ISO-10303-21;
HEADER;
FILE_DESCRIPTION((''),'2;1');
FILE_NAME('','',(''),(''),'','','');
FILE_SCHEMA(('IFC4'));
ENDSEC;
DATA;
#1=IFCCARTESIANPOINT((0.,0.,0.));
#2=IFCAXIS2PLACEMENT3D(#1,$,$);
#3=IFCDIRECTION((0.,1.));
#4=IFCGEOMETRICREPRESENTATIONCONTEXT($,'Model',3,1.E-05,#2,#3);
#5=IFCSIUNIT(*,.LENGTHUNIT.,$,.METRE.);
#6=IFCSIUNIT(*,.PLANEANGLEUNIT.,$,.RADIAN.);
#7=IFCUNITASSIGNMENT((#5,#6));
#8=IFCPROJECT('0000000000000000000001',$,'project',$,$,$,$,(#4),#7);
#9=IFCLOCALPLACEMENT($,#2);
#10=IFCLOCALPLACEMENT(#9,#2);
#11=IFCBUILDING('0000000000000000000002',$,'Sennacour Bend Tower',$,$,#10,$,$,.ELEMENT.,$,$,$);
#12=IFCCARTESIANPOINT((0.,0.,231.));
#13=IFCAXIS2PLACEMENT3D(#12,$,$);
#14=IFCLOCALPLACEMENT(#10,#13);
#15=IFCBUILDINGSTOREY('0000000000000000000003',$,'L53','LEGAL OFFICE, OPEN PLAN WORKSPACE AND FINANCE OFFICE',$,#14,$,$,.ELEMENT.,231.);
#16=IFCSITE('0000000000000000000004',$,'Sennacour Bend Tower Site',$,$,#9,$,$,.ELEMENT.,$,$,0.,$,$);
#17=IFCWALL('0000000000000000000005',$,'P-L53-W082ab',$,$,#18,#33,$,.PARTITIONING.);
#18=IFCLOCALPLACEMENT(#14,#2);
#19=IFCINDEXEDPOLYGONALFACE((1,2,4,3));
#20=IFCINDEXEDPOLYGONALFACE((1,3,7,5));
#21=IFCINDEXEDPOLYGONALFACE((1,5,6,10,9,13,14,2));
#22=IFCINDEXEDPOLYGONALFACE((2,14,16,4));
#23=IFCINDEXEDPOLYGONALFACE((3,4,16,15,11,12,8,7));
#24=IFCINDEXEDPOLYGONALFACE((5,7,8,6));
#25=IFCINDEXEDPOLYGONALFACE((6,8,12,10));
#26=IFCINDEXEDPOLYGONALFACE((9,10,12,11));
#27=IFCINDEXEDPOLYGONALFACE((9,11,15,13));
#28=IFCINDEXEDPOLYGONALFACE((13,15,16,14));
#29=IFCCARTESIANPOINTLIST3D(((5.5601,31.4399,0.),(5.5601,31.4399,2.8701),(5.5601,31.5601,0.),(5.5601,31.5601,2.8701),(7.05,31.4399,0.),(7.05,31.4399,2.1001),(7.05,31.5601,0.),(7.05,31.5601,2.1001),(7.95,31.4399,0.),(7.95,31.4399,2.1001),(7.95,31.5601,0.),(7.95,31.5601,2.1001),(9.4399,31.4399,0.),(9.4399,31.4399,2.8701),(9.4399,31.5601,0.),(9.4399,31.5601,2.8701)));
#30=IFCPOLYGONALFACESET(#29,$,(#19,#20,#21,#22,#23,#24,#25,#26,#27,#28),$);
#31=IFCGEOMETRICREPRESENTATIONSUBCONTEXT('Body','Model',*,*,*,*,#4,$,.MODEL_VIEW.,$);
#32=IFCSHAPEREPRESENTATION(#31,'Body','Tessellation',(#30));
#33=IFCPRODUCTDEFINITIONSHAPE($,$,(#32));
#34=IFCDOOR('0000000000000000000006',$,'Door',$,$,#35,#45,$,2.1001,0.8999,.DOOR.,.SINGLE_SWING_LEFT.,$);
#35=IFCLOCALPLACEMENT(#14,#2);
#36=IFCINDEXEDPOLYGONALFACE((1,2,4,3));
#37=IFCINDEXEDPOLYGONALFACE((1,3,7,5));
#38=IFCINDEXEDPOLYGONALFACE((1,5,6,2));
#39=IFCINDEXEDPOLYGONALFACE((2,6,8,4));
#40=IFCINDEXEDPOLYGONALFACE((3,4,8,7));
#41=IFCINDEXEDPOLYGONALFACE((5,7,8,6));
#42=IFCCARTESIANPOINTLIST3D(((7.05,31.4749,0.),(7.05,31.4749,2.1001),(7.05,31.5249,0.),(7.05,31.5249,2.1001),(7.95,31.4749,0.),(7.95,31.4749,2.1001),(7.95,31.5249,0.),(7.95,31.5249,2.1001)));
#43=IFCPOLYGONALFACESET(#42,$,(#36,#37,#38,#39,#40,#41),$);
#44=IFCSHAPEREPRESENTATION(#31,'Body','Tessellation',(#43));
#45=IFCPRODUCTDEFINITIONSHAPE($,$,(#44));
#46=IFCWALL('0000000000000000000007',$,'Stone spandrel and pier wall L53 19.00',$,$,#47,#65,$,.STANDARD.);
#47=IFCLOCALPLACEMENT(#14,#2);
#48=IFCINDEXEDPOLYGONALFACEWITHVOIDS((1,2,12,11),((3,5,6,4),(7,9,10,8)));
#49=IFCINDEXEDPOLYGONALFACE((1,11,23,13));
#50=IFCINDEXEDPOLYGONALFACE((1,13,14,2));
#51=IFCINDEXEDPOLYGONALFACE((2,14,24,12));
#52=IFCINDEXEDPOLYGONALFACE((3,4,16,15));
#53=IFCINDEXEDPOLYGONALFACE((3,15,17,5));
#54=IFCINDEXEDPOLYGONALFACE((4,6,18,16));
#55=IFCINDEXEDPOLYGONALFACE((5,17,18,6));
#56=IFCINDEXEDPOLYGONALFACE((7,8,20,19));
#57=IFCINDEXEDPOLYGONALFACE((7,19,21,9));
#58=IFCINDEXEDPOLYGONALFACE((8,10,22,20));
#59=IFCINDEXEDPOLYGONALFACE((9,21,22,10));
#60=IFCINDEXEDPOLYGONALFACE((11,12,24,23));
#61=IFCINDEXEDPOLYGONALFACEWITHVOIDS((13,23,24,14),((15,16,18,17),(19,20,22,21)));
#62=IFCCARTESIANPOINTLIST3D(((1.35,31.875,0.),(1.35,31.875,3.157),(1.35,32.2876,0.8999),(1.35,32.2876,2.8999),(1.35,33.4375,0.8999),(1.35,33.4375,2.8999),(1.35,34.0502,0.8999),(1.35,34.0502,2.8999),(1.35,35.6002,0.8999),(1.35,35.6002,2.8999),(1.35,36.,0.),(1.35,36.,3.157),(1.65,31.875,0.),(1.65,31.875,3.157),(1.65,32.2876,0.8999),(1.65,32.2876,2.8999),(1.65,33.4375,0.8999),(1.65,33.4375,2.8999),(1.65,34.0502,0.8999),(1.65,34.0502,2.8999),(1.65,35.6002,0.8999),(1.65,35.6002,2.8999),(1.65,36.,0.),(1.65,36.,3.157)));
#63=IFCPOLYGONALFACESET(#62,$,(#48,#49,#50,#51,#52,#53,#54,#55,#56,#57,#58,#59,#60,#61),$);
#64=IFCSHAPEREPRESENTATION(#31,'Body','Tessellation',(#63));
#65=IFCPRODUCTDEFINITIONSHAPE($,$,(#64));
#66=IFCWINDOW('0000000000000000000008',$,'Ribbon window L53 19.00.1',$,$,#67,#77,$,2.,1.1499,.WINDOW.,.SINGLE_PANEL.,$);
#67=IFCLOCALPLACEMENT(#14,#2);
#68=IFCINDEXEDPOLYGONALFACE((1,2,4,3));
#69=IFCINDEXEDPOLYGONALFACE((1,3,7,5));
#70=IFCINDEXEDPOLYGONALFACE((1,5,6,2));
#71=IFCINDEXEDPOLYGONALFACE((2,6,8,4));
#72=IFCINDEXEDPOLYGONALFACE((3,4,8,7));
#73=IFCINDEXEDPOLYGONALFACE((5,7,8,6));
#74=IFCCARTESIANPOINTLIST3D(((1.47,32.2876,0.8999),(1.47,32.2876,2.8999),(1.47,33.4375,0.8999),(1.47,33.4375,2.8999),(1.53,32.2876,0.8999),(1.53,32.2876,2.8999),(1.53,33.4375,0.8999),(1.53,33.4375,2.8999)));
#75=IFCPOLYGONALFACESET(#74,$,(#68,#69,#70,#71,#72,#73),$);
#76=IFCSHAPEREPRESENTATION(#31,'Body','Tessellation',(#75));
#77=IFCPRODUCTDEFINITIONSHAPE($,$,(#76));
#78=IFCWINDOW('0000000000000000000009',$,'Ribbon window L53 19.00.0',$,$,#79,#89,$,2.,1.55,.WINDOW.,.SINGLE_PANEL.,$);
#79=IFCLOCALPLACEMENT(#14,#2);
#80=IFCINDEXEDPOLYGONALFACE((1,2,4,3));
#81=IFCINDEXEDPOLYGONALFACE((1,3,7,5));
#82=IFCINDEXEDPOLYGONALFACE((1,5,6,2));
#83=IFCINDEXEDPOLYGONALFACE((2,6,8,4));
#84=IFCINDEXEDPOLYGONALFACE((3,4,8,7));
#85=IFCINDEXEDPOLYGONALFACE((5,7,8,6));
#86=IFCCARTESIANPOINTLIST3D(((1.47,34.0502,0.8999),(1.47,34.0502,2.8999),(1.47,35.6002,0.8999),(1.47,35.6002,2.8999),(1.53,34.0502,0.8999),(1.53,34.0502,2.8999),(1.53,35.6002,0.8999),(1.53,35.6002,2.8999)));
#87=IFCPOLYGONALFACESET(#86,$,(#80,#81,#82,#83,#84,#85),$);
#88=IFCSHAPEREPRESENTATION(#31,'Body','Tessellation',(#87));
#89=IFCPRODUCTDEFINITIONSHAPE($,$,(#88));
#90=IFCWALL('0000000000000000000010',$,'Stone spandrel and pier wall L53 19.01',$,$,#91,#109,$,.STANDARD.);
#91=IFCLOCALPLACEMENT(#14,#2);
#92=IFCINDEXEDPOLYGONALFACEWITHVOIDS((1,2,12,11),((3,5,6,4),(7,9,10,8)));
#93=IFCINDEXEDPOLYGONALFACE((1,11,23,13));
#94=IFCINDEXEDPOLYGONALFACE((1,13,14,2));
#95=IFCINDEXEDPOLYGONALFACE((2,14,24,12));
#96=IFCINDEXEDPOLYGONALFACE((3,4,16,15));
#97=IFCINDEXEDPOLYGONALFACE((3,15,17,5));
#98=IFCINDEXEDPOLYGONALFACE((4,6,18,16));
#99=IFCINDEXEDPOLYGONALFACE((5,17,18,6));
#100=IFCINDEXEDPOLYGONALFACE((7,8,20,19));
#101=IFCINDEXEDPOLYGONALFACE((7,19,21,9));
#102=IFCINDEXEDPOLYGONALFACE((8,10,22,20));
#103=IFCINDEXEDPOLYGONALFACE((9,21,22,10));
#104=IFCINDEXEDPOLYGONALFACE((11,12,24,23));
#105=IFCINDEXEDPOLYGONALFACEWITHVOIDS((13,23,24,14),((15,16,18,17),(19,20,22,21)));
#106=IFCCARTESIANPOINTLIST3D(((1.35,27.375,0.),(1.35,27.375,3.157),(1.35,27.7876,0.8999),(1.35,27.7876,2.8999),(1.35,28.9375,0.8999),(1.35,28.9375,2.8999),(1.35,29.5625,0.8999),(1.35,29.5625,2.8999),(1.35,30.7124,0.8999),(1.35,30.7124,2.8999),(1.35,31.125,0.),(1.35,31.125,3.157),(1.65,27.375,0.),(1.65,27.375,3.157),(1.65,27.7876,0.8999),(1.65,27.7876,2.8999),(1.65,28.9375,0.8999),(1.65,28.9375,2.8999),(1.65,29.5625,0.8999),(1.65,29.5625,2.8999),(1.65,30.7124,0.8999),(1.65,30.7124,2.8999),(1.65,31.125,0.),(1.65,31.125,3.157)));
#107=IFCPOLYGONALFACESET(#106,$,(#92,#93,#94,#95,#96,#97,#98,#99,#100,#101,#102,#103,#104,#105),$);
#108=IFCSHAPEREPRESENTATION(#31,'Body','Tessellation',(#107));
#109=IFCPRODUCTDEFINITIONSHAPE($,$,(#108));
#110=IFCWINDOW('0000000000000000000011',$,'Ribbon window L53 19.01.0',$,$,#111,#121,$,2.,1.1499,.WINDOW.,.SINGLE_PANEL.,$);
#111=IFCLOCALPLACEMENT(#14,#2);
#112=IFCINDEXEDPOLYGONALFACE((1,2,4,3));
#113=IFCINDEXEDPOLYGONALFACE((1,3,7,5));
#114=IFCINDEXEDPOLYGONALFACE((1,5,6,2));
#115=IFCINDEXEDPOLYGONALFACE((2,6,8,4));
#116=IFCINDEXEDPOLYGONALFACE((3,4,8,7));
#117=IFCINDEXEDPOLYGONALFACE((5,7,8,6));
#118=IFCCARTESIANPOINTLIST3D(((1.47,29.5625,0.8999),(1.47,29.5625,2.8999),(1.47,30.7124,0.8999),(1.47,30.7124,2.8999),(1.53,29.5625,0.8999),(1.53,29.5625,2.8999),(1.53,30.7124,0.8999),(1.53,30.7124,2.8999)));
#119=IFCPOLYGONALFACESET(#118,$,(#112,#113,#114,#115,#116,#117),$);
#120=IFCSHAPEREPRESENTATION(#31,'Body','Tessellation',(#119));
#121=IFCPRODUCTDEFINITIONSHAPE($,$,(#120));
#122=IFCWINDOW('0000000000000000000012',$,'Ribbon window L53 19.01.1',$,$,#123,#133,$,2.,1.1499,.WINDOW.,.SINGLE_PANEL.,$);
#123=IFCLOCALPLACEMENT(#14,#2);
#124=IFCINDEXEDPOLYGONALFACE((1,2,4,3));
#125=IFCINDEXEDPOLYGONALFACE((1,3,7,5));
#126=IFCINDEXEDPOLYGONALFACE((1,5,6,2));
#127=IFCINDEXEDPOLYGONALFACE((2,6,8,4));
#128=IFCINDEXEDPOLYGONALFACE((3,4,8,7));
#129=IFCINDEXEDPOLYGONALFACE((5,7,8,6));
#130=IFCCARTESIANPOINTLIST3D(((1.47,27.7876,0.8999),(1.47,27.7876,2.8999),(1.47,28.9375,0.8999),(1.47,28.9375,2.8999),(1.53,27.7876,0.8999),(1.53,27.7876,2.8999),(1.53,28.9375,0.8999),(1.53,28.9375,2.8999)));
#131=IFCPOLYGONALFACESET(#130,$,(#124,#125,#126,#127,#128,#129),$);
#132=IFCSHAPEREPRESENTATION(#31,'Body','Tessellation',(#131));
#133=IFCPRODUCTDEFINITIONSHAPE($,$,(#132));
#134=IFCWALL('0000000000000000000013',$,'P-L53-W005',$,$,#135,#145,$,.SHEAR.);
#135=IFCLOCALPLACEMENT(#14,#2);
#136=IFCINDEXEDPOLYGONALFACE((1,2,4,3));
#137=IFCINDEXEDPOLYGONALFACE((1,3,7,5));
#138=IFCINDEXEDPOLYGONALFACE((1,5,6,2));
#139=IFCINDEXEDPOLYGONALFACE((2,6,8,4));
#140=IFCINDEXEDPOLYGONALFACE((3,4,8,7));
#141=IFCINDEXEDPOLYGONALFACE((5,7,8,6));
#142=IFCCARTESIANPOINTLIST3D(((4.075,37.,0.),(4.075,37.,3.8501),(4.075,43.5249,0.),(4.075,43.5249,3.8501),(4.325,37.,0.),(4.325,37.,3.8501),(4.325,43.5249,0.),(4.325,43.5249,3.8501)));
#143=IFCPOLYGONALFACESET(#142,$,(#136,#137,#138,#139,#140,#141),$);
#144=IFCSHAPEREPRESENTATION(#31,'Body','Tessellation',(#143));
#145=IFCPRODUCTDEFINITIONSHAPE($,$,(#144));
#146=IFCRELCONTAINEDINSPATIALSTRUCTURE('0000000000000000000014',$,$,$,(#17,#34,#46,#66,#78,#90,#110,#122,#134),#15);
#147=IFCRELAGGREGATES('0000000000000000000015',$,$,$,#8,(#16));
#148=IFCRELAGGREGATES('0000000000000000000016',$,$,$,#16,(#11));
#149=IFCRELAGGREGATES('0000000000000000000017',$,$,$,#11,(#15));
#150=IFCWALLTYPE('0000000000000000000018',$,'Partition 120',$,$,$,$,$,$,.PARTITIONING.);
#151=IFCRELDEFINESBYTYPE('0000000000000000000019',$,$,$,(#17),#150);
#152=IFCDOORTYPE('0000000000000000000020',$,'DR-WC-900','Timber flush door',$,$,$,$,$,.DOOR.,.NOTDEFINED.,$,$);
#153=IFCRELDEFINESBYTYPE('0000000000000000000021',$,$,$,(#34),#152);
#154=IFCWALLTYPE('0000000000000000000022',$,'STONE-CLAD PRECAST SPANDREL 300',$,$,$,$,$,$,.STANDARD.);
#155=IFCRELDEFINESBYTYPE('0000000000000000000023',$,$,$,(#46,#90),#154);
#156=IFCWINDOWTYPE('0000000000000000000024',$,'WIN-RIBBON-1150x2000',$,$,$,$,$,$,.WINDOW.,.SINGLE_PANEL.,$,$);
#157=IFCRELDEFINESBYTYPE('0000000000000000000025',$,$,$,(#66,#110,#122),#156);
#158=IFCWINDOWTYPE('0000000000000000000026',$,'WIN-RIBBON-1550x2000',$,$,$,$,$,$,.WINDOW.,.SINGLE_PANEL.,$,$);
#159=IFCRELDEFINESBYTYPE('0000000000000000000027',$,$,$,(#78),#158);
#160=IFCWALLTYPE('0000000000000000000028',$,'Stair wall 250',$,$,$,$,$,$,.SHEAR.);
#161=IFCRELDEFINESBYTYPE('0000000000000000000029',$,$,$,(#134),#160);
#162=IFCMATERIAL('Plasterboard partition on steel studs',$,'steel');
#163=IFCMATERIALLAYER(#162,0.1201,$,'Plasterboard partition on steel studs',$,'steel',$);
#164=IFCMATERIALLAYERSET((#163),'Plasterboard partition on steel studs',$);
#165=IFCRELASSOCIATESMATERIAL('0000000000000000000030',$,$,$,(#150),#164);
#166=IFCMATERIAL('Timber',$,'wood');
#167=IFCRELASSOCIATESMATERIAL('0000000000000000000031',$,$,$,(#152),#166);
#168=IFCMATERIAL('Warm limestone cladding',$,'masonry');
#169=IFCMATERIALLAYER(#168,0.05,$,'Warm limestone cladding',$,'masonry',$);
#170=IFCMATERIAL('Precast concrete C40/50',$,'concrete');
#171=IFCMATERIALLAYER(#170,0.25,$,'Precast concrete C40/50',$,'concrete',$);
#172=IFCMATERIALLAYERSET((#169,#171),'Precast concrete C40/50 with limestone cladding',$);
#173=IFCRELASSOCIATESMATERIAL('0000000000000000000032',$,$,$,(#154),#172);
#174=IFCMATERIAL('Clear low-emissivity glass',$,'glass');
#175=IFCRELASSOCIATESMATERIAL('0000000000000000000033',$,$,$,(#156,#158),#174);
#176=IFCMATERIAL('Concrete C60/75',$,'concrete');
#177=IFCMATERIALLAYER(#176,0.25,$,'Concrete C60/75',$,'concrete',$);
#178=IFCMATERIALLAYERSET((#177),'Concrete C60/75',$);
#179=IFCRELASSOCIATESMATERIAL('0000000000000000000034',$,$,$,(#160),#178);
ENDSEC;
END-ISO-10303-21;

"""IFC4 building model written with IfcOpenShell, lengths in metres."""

from ifc_helpers import new_model, si_unit, direction, frame, frame_2d, origin, place, context, subcontext, project, spatial, rectangle, extrude, material, layer, layer_set, type_object, element, fill, save


model = new_model("IFC4")

# Units and contexts
model_context = context("Model", 3, precision=1e-05, world=origin(), true_north=direction((0.0, 1.0)))
body_context = subcontext(model_context, "Body", "Model", "MODEL_VIEW")
ifc_project = project(units=[si_unit("LENGTHUNIT", "METRE"), si_unit("PLANEANGLEUNIT", "RADIAN")], contexts=[model_context])

# Site, building, storey
site_placement = place(None, origin())
site = spatial("IfcSite", under=ifc_project, at=site_placement, Name="Sennacour Bend Tower Site", CompositionType="ELEMENT", RefElevation=0.0)
building_placement = place(site_placement, origin())
building = spatial("IfcBuilding", under=site, at=building_placement, Name="Sennacour Bend Tower", CompositionType="ELEMENT")
storey_placement = place(building_placement, frame((0.0, 0.0, 231.0)))
storey = spatial("IfcBuildingStorey", under=building, at=storey_placement, Name="L53", Description="LEGAL OFFICE, OPEN PLAN WORKSPACE AND FINANCE OFFICE", CompositionType="ELEMENT", Elevation=231.0)

# Shared definitions
ifc_material_1 = material(Name="Concrete C60/75", Category="concrete")

# Shared definitions
ifc_material_2 = material(Name="Plasterboard partition on steel studs", Category="steel")
ifc_layer_1 = layer(ifc_material_2, 0.1201, Name="Plasterboard partition on steel studs", Category="steel")
ifc_layer_set_1 = layer_set([ifc_layer_1], Name="Plasterboard partition on steel studs")
wall_type_1 = type_object("IfcWallType", Name="Partition 120", PredefinedType="PARTITIONING", material=ifc_layer_set_1)

# Wall, opening, door
ifc_material_3 = material(Name="Timber", Category="wood")
door_type_1 = type_object("IfcDoorType", Name="DR-WC-900", Description="Timber flush door", OperationType="NOTDEFINED", PredefinedType="DOOR", material=ifc_material_3)
wall_1_placement = place(storey_placement, frame((5.5601, 31.5, 0.0), z_axis=(0.0, 0.0, 1.0), x_axis=(1.0, 0.0, 0.0)))
wall_1 = element("IfcWall", 1, at=wall_1_placement, inside=storey, type_object=wall_type_1, Name="P-L53-W082ab", PredefinedType="PARTITIONING", context=body_context, shape_type="SweptSolid", body=[
    extrude(rectangle(XDim=3.8799, YDim=0.1201, at=frame_2d((1.9399, 0.0))), origin(), (0.0, 0.0, 1.0), 2.8701),
])
opening_1_placement = place(wall_1_placement, frame((1.49, 0.0, 0.0)))
opening_1 = element("IfcOpeningElement", 2, at=opening_1_placement, cuts=wall_1, PredefinedType="OPENING", context=body_context, shape_type="SweptSolid", body=[
    extrude(rectangle(XDim=0.8999, YDim=2.1001, at=frame_2d((0.45, 1.05))), frame((0.0, 0.0701, 0.0), z_axis=(0.0, -1.0, 0.0), x_axis=(1.0, 0.0, 0.0)), (0.0, 0.0, 1.0), 0.1401),
])
door_1_placement = place(opening_1_placement, origin())
door_1 = element("IfcDoor", 3, at=door_1_placement, inside=storey, type_object=door_type_1, Name="Door", OperationType="SINGLE_SWING_LEFT", OverallHeight=2.1001, OverallWidth=0.8999, PredefinedType="DOOR", context=body_context, shape_type="SweptSolid", body=[
    extrude(rectangle(XDim=0.8999, YDim=2.1001, at=frame_2d((0.45, 1.05))), frame((0.0, 0.0249, 0.0), z_axis=(0.0, -1.0, 0.0), x_axis=(1.0, 0.0, 0.0)), (0.0, 0.0, 1.0), 0.05),
])
fill(opening_1, door_1)

# Walls, openings, windows
ifc_material_4 = material(Name="Warm limestone cladding", Category="masonry")
ifc_layer_2 = layer(ifc_material_4, 0.05, Name="Warm limestone cladding", Category="masonry")
ifc_material_5 = material(Name="Precast concrete C40/50", Category="concrete")
ifc_layer_3 = layer(ifc_material_5, 0.25, Name="Precast concrete C40/50", Category="concrete")
ifc_layer_set_2 = layer_set([ifc_layer_2, ifc_layer_3], Name="Precast concrete C40/50 with limestone cladding")
wall_type_2 = type_object("IfcWallType", Name="STONE-CLAD PRECAST SPANDREL 300", PredefinedType="STANDARD", material=ifc_layer_set_2)
wall_2_placement = place(storey_placement, frame((1.5, 36.0, 0.0), z_axis=(0.0, 0.0, 1.0), x_axis=(0.0, -1.0, 0.0)))
wall_2 = element("IfcWall", 4, at=wall_2_placement, inside=storey, type_object=wall_type_2, Name="Stone spandrel and pier wall L53 19.00", PredefinedType="STANDARD", context=body_context, shape_type="SweptSolid", body=[
    extrude(rectangle(XDim=4.125, YDim=0.3, at=frame_2d((2.0625, 0.0))), origin(), (0.0, 0.0, 1.0), 3.157),
])
opening_2_placement = place(wall_2_placement, frame((0.3999, 0.0, 0.8999)))
opening_2 = element("IfcOpeningElement", 5, at=opening_2_placement, cuts=wall_2, PredefinedType="OPENING", context=body_context, shape_type="SweptSolid", body=[
    extrude(rectangle(XDim=1.55, YDim=2.0, at=frame_2d((0.7749, 1.0))), frame((0.0, 0.1602, 0.0), z_axis=(0.0, -1.0, 0.0), x_axis=(1.0, 0.0, 0.0)), (0.0, 0.0, 1.0), 0.3201),
])
opening_3_placement = place(wall_2_placement, frame((2.5625, 0.0, 0.8999)))
opening_3 = element("IfcOpeningElement", 6, at=opening_3_placement, cuts=wall_2, PredefinedType="OPENING", context=body_context, shape_type="SweptSolid", body=[
    extrude(rectangle(XDim=1.1499, YDim=2.0, at=frame_2d((0.575, 1.0))), frame((0.0, 0.1602, 0.0), z_axis=(0.0, -1.0, 0.0), x_axis=(1.0, 0.0, 0.0)), (0.0, 0.0, 1.0), 0.3201),
])
ifc_material_6 = material(Name="Clear low-emissivity glass", Category="glass")
window_type_1 = type_object("IfcWindowType", Name="WIN-RIBBON-1150x2000", PartitioningType="SINGLE_PANEL", PredefinedType="WINDOW", material=ifc_material_6)
window_1_placement = place(opening_3_placement, origin())
window_1 = element("IfcWindow", 7, at=window_1_placement, inside=storey, type_object=window_type_1, Name="Ribbon window L53 19.00.1", OverallHeight=2.0, OverallWidth=1.1499, PartitioningType="SINGLE_PANEL", PredefinedType="WINDOW", context=body_context, shape_type="SweptSolid", body=[
    extrude(rectangle(XDim=1.1499, YDim=2.0, at=frame_2d((0.575, 1.0))), frame((0.0, 0.03, 0.0), z_axis=(0.0, -1.0, 0.0), x_axis=(1.0, 0.0, 0.0)), (0.0, 0.0, 1.0), 0.0601),
])
fill(opening_3, window_1)
window_type_2 = type_object("IfcWindowType", Name="WIN-RIBBON-1550x2000", PartitioningType="SINGLE_PANEL", PredefinedType="WINDOW", material=ifc_material_6)
window_2_placement = place(opening_2_placement, origin())
window_2 = element("IfcWindow", 8, at=window_2_placement, inside=storey, type_object=window_type_2, Name="Ribbon window L53 19.00.0", OverallHeight=2.0, OverallWidth=1.55, PartitioningType="SINGLE_PANEL", PredefinedType="WINDOW", context=body_context, shape_type="SweptSolid", body=[
    extrude(rectangle(XDim=1.55, YDim=2.0, at=frame_2d((0.7749, 1.0))), frame((0.0, 0.03, 0.0), z_axis=(0.0, -1.0, 0.0), x_axis=(1.0, 0.0, 0.0)), (0.0, 0.0, 1.0), 0.0601),
])
fill(opening_2, window_2)
wall_3_placement = place(storey_placement, frame((1.5, 31.125, 0.0), z_axis=(0.0, 0.0, 1.0), x_axis=(0.0, -1.0, 0.0)))
wall_3 = element("IfcWall", 9, at=wall_3_placement, inside=storey, type_object=wall_type_2, Name="Stone spandrel and pier wall L53 19.01", PredefinedType="STANDARD", context=body_context, shape_type="SweptSolid", body=[
    extrude(rectangle(XDim=3.75, YDim=0.3, at=frame_2d((1.875, 0.0))), origin(), (0.0, 0.0, 1.0), 3.157),
])
opening_4_placement = place(wall_3_placement, frame((0.4126, 0.0, 0.8999)))
opening_4 = element("IfcOpeningElement", 10, at=opening_4_placement, cuts=wall_3, PredefinedType="OPENING", context=body_context, shape_type="SweptSolid", body=[
    extrude(rectangle(XDim=1.1499, YDim=2.0, at=frame_2d((0.575, 1.0))), frame((0.0, 0.1602, 0.0), z_axis=(0.0, -1.0, 0.0), x_axis=(1.0, 0.0, 0.0)), (0.0, 0.0, 1.0), 0.3201),
])
opening_5_placement = place(wall_3_placement, frame((2.1875, 0.0, 0.8999)))
opening_5 = element("IfcOpeningElement", 11, at=opening_5_placement, cuts=wall_3, PredefinedType="OPENING", context=body_context, shape_type="SweptSolid", body=[
    extrude(rectangle(XDim=1.1499, YDim=2.0, at=frame_2d((0.575, 1.0))), frame((0.0, 0.1602, 0.0), z_axis=(0.0, -1.0, 0.0), x_axis=(1.0, 0.0, 0.0)), (0.0, 0.0, 1.0), 0.3201),
])
window_3_placement = place(opening_4_placement, origin())
window_3 = element("IfcWindow", 12, at=window_3_placement, inside=storey, type_object=window_type_1, Name="Ribbon window L53 19.01.0", OverallHeight=2.0, OverallWidth=1.1499, PartitioningType="SINGLE_PANEL", PredefinedType="WINDOW", context=body_context, shape_type="SweptSolid", body=[
    extrude(rectangle(XDim=1.1499, YDim=2.0, at=frame_2d((0.575, 1.0))), frame((0.0, 0.03, 0.0), z_axis=(0.0, -1.0, 0.0), x_axis=(1.0, 0.0, 0.0)), (0.0, 0.0, 1.0), 0.0601),
])
fill(opening_4, window_3)
window_4_placement = place(opening_5_placement, origin())
window_4 = element("IfcWindow", 13, at=window_4_placement, inside=storey, type_object=window_type_1, Name="Ribbon window L53 19.01.1", OverallHeight=2.0, OverallWidth=1.1499, PartitioningType="SINGLE_PANEL", PredefinedType="WINDOW", context=body_context, shape_type="SweptSolid", body=[
    extrude(rectangle(XDim=1.1499, YDim=2.0, at=frame_2d((0.575, 1.0))), frame((0.0, 0.03, 0.0), z_axis=(0.0, -1.0, 0.0), x_axis=(1.0, 0.0, 0.0)), (0.0, 0.0, 1.0), 0.0601),
])
fill(opening_5, window_4)

# Wall
ifc_layer_4 = layer(ifc_material_1, 0.25, Name="Concrete C60/75", Category="concrete")
ifc_layer_set_3 = layer_set([ifc_layer_4], Name="Concrete C60/75")
wall_type_3 = type_object("IfcWallType", Name="Stair wall 250", PredefinedType="SHEAR", material=ifc_layer_set_3)
wall_4_placement = place(storey_placement, frame((4.2, 37.0, 0.0), z_axis=(0.0, 0.0, 1.0), x_axis=(0.0, 1.0, 0.0)))
element("IfcWall", 14, at=wall_4_placement, inside=storey, type_object=wall_type_3, Name="P-L53-W005", PredefinedType="SHEAR", context=body_context, shape_type="SweptSolid", body=[
    extrude(rectangle(XDim=6.5249, YDim=0.25, at=frame_2d((3.2625, 0.0))), origin(), (0.0, 0.0, 1.0), 3.8501),
])

save(model, "model.ifc")
